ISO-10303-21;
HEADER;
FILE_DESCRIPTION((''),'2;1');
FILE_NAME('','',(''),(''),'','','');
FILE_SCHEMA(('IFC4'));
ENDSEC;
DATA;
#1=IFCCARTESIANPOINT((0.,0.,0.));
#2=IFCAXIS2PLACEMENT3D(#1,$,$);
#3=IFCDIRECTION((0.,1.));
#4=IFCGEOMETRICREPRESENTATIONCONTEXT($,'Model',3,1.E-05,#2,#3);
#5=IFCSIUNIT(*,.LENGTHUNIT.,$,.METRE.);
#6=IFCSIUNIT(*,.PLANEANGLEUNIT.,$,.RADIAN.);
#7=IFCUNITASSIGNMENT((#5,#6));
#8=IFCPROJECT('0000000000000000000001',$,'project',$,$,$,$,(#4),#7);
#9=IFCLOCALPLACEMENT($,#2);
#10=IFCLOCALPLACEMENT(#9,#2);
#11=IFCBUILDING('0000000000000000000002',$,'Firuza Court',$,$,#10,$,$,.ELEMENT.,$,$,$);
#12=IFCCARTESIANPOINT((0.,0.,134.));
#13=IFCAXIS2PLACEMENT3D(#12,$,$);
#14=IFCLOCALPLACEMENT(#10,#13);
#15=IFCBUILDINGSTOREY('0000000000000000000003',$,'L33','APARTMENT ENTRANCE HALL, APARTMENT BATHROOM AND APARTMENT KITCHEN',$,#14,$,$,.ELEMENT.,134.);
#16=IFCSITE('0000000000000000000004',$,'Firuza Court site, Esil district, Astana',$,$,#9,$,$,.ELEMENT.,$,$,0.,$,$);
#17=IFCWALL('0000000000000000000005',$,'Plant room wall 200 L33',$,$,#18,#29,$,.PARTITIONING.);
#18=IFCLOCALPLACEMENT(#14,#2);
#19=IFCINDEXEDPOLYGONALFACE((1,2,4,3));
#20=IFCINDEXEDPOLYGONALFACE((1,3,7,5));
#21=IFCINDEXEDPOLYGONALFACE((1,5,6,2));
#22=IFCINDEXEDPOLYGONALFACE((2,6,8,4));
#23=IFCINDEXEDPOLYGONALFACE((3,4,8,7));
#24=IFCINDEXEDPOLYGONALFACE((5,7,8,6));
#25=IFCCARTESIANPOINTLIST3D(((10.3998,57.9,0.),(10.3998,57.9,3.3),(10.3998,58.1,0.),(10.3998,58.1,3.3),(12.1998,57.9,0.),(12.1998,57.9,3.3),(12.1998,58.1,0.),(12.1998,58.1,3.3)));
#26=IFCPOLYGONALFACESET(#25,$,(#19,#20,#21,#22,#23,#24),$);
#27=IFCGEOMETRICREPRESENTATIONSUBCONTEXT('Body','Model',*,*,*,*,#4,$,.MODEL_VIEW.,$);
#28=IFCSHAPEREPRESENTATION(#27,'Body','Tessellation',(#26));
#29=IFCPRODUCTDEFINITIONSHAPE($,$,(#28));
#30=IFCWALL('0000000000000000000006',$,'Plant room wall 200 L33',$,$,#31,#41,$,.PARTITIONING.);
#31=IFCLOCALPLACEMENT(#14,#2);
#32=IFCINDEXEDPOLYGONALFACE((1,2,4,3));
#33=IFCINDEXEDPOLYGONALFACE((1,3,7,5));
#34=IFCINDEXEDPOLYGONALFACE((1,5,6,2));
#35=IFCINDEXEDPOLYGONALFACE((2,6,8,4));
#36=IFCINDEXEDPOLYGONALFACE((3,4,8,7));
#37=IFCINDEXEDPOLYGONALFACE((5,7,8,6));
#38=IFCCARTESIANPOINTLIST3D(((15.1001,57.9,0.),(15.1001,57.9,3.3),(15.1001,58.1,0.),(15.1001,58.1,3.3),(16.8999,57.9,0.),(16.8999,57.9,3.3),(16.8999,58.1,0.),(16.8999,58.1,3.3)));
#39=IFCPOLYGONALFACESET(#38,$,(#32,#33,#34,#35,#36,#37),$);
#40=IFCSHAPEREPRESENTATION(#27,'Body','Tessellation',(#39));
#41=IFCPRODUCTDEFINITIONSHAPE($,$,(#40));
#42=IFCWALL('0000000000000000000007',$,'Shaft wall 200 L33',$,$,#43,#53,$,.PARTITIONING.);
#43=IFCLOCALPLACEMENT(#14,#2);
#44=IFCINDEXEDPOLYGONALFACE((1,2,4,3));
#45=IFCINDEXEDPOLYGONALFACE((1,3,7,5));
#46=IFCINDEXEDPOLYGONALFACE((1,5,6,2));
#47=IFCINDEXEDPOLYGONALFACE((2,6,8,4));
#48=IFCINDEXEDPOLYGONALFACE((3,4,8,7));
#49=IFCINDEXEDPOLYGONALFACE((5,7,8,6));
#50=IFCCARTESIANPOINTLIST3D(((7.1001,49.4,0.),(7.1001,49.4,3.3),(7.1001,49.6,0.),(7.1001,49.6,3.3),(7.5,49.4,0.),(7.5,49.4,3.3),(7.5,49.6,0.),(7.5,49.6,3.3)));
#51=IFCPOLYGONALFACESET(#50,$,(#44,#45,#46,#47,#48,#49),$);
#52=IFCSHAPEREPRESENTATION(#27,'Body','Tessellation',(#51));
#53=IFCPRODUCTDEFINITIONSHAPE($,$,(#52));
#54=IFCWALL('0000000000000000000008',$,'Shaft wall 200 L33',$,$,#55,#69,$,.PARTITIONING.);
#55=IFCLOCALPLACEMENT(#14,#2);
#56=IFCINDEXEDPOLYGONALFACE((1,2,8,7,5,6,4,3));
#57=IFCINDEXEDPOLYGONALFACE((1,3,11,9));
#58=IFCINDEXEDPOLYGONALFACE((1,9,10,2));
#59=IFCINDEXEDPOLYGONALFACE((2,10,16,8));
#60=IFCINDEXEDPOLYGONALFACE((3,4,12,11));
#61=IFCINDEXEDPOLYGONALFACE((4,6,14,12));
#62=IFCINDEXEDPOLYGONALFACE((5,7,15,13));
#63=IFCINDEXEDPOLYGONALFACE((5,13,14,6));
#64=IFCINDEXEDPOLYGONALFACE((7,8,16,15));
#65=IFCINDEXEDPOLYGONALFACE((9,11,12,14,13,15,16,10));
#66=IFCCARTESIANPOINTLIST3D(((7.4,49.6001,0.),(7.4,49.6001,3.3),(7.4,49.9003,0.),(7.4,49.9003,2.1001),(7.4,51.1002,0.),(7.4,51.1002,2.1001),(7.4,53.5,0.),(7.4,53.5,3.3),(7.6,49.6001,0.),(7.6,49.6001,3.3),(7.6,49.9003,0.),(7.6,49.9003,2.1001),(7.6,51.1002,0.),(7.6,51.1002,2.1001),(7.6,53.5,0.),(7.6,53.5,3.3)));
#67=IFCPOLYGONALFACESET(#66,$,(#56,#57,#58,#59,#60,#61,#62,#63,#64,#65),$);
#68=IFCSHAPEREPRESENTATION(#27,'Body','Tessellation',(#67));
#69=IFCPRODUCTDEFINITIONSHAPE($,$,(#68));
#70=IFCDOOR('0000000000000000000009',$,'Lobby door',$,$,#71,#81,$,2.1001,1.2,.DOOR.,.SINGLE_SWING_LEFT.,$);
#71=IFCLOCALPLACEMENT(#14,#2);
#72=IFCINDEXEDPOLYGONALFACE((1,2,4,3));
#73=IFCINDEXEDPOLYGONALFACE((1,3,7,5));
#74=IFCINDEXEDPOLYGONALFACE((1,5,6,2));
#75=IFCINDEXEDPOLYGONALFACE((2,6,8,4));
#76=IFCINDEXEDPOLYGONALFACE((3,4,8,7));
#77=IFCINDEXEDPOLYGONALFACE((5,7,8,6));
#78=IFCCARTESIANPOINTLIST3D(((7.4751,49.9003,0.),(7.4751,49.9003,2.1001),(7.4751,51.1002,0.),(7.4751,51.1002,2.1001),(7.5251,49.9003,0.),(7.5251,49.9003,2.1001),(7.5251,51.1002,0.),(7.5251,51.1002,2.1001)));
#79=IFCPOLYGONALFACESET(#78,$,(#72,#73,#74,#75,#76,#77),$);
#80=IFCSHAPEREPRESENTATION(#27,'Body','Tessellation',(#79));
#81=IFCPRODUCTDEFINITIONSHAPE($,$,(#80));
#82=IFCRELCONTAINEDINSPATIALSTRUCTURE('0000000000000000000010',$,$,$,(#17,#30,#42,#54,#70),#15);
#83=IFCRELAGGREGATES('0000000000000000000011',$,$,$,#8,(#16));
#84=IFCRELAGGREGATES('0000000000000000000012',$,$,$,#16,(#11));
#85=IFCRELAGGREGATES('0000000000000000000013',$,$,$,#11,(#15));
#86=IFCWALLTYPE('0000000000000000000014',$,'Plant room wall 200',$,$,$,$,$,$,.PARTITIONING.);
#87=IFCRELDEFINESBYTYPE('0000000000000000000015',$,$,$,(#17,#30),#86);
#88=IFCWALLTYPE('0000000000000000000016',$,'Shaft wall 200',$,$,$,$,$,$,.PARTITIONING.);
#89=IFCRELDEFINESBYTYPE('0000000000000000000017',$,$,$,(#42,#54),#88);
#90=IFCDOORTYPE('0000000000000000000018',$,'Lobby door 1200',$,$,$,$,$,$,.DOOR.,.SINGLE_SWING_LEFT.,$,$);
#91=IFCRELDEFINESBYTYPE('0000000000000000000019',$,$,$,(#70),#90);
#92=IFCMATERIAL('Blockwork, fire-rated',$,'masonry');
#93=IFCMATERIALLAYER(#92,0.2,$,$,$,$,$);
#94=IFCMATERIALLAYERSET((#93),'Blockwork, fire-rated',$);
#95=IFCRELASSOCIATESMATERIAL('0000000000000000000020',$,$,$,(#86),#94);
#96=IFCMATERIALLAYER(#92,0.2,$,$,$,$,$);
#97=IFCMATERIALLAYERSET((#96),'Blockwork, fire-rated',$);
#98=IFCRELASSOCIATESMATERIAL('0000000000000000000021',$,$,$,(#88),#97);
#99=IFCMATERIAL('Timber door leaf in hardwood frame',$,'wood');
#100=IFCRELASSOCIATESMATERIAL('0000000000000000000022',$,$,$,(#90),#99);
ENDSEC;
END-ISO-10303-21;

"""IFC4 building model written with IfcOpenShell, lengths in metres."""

from ifc_helpers import new_model, si_unit, direction, frame, frame_2d, origin, place, context, subcontext, project, spatial, rectangle, extrude, material, layer, layer_set, type_object, element, fill, save


model = new_model("IFC4")

# Units and contexts
model_context = context("Model", 3, precision=1e-05, world=origin(), true_north=direction((0.0, 1.0)))
body_context = subcontext(model_context, "Body", "Model", "MODEL_VIEW")
ifc_project = project(units=[si_unit("LENGTHUNIT", "METRE"), si_unit("PLANEANGLEUNIT", "RADIAN")], contexts=[model_context])

# Site, building, storey
site_placement = place(None, origin())
site = spatial("IfcSite", under=ifc_project, at=site_placement, Name="Firuza Court site, Esil district, Astana", CompositionType="ELEMENT", RefElevation=0.0)
building_placement = place(site_placement, origin())
building = spatial("IfcBuilding", under=site, at=building_placement, Name="Firuza Court", CompositionType="ELEMENT")
storey_placement = place(building_placement, frame((0.0, 0.0, 134.0)))
storey = spatial("IfcBuildingStorey", under=building, at=storey_placement, Name="L33", Description="APARTMENT ENTRANCE HALL, APARTMENT BATHROOM AND APARTMENT KITCHEN", CompositionType="ELEMENT", Elevation=134.0)

# Shared definitions
ifc_material_1 = material(Name="Blockwork, fire-rated", Category="masonry")
ifc_layer_1 = layer(ifc_material_1, 0.2)
ifc_layer_set_1 = layer_set([ifc_layer_1], Name="Blockwork, fire-rated")
wall_type_1 = type_object("IfcWallType", Name="Plant room wall 200", PredefinedType="PARTITIONING", material=ifc_layer_set_1)

# Walls
wall_1_placement = place(storey_placement, frame((10.3999, 58.0, 0.0), z_axis=(0.0, 0.0, 1.0), x_axis=(1.0, 0.0, 0.0)))
element("IfcWall", 1, at=wall_1_placement, inside=storey, type_object=wall_type_1, Name="Plant room wall 200 L33", PredefinedType="PARTITIONING", context=body_context, shape_type="SweptSolid", body=[
    extrude(rectangle(XDim=1.8, YDim=0.2, at=frame_2d((0.8999, 0.0))), origin(), (0.0, 0.0, 1.0), 3.3),
])
wall_2_placement = place(storey_placement, frame((15.1001, 58.0, 0.0), z_axis=(0.0, 0.0, 1.0), x_axis=(1.0, 0.0, 0.0)))
element("IfcWall", 2, at=wall_2_placement, inside=storey, type_object=wall_type_1, Name="Plant room wall 200 L33", PredefinedType="PARTITIONING", context=body_context, shape_type="SweptSolid", body=[
    extrude(rectangle(XDim=1.7998, YDim=0.2, at=frame_2d((0.8999, 0.0))), origin(), (0.0, 0.0, 1.0), 3.3),
])
ifc_layer_2 = layer(ifc_material_1, 0.2)
ifc_layer_set_2 = layer_set([ifc_layer_2], Name="Blockwork, fire-rated")
wall_type_2 = type_object("IfcWallType", Name="Shaft wall 200", PredefinedType="PARTITIONING", material=ifc_layer_set_2)
wall_3_placement = place(storey_placement, frame((7.1001, 49.5, 0.0), z_axis=(0.0, 0.0, 1.0), x_axis=(1.0, 0.0, 0.0)))
element("IfcWall", 3, at=wall_3_placement, inside=storey, type_object=wall_type_2, Name="Shaft wall 200 L33", PredefinedType="PARTITIONING", context=body_context, shape_type="SweptSolid", body=[
    extrude(rectangle(XDim=0.3999, YDim=0.2, at=frame_2d((0.2, 0.0))), origin(), (0.0, 0.0, 1.0), 3.3),
])

# Wall, opening, door
wall_4_placement = place(storey_placement, frame((7.5, 49.6001, 0.0), z_axis=(0.0, 0.0, 1.0), x_axis=(0.0, 1.0, 0.0)))
wall_4 = element("IfcWall", 4, at=wall_4_placement, inside=storey, type_object=wall_type_2, Name="Shaft wall 200 L33", PredefinedType="PARTITIONING", context=body_context, shape_type="SweptSolid", body=[
    extrude(rectangle(XDim=3.8999, YDim=0.2, at=frame_2d((1.95, 0.0))), origin(), (0.0, 0.0, 1.0), 3.3),
])
opening_1_placement = place(wall_4_placement, frame((0.3, 0.0, 0.0)))
opening_1 = element("IfcOpeningElement", 5, at=opening_1_placement, cuts=wall_4, PredefinedType="OPENING", context=body_context, shape_type="SweptSolid", body=[
    extrude(rectangle(XDim=1.2, YDim=2.1001, at=frame_2d((0.6001, 1.05))), frame((0.0, 0.1118, 0.0), z_axis=(0.0, -1.0, 0.0), x_axis=(1.0, 0.0, 0.0)), (0.0, 0.0, 1.0), 0.2239),
])
ifc_material_2 = material(Name="Timber door leaf in hardwood frame", Category="wood")
door_type_1 = type_object("IfcDoorType", Name="Lobby door 1200", OperationType="SINGLE_SWING_LEFT", PredefinedType="DOOR", material=ifc_material_2)
door_1_placement = place(opening_1_placement, origin())
door_1 = element("IfcDoor", 6, at=door_1_placement, inside=storey, type_object=door_type_1, Name="Lobby door", OperationType="SINGLE_SWING_LEFT", OverallHeight=2.1001, OverallWidth=1.2, PredefinedType="DOOR", context=body_context, shape_type="SweptSolid", body=[
    extrude(rectangle(XDim=1.2, YDim=2.1001, at=frame_2d((0.6001, 1.05))), frame((0.0, 0.0249, 0.0), z_axis=(0.0, -1.0, 0.0), x_axis=(1.0, 0.0, 0.0)), (0.0, 0.0, 1.0), 0.05),
])
fill(opening_1, door_1)

save(model, "model.ifc")
